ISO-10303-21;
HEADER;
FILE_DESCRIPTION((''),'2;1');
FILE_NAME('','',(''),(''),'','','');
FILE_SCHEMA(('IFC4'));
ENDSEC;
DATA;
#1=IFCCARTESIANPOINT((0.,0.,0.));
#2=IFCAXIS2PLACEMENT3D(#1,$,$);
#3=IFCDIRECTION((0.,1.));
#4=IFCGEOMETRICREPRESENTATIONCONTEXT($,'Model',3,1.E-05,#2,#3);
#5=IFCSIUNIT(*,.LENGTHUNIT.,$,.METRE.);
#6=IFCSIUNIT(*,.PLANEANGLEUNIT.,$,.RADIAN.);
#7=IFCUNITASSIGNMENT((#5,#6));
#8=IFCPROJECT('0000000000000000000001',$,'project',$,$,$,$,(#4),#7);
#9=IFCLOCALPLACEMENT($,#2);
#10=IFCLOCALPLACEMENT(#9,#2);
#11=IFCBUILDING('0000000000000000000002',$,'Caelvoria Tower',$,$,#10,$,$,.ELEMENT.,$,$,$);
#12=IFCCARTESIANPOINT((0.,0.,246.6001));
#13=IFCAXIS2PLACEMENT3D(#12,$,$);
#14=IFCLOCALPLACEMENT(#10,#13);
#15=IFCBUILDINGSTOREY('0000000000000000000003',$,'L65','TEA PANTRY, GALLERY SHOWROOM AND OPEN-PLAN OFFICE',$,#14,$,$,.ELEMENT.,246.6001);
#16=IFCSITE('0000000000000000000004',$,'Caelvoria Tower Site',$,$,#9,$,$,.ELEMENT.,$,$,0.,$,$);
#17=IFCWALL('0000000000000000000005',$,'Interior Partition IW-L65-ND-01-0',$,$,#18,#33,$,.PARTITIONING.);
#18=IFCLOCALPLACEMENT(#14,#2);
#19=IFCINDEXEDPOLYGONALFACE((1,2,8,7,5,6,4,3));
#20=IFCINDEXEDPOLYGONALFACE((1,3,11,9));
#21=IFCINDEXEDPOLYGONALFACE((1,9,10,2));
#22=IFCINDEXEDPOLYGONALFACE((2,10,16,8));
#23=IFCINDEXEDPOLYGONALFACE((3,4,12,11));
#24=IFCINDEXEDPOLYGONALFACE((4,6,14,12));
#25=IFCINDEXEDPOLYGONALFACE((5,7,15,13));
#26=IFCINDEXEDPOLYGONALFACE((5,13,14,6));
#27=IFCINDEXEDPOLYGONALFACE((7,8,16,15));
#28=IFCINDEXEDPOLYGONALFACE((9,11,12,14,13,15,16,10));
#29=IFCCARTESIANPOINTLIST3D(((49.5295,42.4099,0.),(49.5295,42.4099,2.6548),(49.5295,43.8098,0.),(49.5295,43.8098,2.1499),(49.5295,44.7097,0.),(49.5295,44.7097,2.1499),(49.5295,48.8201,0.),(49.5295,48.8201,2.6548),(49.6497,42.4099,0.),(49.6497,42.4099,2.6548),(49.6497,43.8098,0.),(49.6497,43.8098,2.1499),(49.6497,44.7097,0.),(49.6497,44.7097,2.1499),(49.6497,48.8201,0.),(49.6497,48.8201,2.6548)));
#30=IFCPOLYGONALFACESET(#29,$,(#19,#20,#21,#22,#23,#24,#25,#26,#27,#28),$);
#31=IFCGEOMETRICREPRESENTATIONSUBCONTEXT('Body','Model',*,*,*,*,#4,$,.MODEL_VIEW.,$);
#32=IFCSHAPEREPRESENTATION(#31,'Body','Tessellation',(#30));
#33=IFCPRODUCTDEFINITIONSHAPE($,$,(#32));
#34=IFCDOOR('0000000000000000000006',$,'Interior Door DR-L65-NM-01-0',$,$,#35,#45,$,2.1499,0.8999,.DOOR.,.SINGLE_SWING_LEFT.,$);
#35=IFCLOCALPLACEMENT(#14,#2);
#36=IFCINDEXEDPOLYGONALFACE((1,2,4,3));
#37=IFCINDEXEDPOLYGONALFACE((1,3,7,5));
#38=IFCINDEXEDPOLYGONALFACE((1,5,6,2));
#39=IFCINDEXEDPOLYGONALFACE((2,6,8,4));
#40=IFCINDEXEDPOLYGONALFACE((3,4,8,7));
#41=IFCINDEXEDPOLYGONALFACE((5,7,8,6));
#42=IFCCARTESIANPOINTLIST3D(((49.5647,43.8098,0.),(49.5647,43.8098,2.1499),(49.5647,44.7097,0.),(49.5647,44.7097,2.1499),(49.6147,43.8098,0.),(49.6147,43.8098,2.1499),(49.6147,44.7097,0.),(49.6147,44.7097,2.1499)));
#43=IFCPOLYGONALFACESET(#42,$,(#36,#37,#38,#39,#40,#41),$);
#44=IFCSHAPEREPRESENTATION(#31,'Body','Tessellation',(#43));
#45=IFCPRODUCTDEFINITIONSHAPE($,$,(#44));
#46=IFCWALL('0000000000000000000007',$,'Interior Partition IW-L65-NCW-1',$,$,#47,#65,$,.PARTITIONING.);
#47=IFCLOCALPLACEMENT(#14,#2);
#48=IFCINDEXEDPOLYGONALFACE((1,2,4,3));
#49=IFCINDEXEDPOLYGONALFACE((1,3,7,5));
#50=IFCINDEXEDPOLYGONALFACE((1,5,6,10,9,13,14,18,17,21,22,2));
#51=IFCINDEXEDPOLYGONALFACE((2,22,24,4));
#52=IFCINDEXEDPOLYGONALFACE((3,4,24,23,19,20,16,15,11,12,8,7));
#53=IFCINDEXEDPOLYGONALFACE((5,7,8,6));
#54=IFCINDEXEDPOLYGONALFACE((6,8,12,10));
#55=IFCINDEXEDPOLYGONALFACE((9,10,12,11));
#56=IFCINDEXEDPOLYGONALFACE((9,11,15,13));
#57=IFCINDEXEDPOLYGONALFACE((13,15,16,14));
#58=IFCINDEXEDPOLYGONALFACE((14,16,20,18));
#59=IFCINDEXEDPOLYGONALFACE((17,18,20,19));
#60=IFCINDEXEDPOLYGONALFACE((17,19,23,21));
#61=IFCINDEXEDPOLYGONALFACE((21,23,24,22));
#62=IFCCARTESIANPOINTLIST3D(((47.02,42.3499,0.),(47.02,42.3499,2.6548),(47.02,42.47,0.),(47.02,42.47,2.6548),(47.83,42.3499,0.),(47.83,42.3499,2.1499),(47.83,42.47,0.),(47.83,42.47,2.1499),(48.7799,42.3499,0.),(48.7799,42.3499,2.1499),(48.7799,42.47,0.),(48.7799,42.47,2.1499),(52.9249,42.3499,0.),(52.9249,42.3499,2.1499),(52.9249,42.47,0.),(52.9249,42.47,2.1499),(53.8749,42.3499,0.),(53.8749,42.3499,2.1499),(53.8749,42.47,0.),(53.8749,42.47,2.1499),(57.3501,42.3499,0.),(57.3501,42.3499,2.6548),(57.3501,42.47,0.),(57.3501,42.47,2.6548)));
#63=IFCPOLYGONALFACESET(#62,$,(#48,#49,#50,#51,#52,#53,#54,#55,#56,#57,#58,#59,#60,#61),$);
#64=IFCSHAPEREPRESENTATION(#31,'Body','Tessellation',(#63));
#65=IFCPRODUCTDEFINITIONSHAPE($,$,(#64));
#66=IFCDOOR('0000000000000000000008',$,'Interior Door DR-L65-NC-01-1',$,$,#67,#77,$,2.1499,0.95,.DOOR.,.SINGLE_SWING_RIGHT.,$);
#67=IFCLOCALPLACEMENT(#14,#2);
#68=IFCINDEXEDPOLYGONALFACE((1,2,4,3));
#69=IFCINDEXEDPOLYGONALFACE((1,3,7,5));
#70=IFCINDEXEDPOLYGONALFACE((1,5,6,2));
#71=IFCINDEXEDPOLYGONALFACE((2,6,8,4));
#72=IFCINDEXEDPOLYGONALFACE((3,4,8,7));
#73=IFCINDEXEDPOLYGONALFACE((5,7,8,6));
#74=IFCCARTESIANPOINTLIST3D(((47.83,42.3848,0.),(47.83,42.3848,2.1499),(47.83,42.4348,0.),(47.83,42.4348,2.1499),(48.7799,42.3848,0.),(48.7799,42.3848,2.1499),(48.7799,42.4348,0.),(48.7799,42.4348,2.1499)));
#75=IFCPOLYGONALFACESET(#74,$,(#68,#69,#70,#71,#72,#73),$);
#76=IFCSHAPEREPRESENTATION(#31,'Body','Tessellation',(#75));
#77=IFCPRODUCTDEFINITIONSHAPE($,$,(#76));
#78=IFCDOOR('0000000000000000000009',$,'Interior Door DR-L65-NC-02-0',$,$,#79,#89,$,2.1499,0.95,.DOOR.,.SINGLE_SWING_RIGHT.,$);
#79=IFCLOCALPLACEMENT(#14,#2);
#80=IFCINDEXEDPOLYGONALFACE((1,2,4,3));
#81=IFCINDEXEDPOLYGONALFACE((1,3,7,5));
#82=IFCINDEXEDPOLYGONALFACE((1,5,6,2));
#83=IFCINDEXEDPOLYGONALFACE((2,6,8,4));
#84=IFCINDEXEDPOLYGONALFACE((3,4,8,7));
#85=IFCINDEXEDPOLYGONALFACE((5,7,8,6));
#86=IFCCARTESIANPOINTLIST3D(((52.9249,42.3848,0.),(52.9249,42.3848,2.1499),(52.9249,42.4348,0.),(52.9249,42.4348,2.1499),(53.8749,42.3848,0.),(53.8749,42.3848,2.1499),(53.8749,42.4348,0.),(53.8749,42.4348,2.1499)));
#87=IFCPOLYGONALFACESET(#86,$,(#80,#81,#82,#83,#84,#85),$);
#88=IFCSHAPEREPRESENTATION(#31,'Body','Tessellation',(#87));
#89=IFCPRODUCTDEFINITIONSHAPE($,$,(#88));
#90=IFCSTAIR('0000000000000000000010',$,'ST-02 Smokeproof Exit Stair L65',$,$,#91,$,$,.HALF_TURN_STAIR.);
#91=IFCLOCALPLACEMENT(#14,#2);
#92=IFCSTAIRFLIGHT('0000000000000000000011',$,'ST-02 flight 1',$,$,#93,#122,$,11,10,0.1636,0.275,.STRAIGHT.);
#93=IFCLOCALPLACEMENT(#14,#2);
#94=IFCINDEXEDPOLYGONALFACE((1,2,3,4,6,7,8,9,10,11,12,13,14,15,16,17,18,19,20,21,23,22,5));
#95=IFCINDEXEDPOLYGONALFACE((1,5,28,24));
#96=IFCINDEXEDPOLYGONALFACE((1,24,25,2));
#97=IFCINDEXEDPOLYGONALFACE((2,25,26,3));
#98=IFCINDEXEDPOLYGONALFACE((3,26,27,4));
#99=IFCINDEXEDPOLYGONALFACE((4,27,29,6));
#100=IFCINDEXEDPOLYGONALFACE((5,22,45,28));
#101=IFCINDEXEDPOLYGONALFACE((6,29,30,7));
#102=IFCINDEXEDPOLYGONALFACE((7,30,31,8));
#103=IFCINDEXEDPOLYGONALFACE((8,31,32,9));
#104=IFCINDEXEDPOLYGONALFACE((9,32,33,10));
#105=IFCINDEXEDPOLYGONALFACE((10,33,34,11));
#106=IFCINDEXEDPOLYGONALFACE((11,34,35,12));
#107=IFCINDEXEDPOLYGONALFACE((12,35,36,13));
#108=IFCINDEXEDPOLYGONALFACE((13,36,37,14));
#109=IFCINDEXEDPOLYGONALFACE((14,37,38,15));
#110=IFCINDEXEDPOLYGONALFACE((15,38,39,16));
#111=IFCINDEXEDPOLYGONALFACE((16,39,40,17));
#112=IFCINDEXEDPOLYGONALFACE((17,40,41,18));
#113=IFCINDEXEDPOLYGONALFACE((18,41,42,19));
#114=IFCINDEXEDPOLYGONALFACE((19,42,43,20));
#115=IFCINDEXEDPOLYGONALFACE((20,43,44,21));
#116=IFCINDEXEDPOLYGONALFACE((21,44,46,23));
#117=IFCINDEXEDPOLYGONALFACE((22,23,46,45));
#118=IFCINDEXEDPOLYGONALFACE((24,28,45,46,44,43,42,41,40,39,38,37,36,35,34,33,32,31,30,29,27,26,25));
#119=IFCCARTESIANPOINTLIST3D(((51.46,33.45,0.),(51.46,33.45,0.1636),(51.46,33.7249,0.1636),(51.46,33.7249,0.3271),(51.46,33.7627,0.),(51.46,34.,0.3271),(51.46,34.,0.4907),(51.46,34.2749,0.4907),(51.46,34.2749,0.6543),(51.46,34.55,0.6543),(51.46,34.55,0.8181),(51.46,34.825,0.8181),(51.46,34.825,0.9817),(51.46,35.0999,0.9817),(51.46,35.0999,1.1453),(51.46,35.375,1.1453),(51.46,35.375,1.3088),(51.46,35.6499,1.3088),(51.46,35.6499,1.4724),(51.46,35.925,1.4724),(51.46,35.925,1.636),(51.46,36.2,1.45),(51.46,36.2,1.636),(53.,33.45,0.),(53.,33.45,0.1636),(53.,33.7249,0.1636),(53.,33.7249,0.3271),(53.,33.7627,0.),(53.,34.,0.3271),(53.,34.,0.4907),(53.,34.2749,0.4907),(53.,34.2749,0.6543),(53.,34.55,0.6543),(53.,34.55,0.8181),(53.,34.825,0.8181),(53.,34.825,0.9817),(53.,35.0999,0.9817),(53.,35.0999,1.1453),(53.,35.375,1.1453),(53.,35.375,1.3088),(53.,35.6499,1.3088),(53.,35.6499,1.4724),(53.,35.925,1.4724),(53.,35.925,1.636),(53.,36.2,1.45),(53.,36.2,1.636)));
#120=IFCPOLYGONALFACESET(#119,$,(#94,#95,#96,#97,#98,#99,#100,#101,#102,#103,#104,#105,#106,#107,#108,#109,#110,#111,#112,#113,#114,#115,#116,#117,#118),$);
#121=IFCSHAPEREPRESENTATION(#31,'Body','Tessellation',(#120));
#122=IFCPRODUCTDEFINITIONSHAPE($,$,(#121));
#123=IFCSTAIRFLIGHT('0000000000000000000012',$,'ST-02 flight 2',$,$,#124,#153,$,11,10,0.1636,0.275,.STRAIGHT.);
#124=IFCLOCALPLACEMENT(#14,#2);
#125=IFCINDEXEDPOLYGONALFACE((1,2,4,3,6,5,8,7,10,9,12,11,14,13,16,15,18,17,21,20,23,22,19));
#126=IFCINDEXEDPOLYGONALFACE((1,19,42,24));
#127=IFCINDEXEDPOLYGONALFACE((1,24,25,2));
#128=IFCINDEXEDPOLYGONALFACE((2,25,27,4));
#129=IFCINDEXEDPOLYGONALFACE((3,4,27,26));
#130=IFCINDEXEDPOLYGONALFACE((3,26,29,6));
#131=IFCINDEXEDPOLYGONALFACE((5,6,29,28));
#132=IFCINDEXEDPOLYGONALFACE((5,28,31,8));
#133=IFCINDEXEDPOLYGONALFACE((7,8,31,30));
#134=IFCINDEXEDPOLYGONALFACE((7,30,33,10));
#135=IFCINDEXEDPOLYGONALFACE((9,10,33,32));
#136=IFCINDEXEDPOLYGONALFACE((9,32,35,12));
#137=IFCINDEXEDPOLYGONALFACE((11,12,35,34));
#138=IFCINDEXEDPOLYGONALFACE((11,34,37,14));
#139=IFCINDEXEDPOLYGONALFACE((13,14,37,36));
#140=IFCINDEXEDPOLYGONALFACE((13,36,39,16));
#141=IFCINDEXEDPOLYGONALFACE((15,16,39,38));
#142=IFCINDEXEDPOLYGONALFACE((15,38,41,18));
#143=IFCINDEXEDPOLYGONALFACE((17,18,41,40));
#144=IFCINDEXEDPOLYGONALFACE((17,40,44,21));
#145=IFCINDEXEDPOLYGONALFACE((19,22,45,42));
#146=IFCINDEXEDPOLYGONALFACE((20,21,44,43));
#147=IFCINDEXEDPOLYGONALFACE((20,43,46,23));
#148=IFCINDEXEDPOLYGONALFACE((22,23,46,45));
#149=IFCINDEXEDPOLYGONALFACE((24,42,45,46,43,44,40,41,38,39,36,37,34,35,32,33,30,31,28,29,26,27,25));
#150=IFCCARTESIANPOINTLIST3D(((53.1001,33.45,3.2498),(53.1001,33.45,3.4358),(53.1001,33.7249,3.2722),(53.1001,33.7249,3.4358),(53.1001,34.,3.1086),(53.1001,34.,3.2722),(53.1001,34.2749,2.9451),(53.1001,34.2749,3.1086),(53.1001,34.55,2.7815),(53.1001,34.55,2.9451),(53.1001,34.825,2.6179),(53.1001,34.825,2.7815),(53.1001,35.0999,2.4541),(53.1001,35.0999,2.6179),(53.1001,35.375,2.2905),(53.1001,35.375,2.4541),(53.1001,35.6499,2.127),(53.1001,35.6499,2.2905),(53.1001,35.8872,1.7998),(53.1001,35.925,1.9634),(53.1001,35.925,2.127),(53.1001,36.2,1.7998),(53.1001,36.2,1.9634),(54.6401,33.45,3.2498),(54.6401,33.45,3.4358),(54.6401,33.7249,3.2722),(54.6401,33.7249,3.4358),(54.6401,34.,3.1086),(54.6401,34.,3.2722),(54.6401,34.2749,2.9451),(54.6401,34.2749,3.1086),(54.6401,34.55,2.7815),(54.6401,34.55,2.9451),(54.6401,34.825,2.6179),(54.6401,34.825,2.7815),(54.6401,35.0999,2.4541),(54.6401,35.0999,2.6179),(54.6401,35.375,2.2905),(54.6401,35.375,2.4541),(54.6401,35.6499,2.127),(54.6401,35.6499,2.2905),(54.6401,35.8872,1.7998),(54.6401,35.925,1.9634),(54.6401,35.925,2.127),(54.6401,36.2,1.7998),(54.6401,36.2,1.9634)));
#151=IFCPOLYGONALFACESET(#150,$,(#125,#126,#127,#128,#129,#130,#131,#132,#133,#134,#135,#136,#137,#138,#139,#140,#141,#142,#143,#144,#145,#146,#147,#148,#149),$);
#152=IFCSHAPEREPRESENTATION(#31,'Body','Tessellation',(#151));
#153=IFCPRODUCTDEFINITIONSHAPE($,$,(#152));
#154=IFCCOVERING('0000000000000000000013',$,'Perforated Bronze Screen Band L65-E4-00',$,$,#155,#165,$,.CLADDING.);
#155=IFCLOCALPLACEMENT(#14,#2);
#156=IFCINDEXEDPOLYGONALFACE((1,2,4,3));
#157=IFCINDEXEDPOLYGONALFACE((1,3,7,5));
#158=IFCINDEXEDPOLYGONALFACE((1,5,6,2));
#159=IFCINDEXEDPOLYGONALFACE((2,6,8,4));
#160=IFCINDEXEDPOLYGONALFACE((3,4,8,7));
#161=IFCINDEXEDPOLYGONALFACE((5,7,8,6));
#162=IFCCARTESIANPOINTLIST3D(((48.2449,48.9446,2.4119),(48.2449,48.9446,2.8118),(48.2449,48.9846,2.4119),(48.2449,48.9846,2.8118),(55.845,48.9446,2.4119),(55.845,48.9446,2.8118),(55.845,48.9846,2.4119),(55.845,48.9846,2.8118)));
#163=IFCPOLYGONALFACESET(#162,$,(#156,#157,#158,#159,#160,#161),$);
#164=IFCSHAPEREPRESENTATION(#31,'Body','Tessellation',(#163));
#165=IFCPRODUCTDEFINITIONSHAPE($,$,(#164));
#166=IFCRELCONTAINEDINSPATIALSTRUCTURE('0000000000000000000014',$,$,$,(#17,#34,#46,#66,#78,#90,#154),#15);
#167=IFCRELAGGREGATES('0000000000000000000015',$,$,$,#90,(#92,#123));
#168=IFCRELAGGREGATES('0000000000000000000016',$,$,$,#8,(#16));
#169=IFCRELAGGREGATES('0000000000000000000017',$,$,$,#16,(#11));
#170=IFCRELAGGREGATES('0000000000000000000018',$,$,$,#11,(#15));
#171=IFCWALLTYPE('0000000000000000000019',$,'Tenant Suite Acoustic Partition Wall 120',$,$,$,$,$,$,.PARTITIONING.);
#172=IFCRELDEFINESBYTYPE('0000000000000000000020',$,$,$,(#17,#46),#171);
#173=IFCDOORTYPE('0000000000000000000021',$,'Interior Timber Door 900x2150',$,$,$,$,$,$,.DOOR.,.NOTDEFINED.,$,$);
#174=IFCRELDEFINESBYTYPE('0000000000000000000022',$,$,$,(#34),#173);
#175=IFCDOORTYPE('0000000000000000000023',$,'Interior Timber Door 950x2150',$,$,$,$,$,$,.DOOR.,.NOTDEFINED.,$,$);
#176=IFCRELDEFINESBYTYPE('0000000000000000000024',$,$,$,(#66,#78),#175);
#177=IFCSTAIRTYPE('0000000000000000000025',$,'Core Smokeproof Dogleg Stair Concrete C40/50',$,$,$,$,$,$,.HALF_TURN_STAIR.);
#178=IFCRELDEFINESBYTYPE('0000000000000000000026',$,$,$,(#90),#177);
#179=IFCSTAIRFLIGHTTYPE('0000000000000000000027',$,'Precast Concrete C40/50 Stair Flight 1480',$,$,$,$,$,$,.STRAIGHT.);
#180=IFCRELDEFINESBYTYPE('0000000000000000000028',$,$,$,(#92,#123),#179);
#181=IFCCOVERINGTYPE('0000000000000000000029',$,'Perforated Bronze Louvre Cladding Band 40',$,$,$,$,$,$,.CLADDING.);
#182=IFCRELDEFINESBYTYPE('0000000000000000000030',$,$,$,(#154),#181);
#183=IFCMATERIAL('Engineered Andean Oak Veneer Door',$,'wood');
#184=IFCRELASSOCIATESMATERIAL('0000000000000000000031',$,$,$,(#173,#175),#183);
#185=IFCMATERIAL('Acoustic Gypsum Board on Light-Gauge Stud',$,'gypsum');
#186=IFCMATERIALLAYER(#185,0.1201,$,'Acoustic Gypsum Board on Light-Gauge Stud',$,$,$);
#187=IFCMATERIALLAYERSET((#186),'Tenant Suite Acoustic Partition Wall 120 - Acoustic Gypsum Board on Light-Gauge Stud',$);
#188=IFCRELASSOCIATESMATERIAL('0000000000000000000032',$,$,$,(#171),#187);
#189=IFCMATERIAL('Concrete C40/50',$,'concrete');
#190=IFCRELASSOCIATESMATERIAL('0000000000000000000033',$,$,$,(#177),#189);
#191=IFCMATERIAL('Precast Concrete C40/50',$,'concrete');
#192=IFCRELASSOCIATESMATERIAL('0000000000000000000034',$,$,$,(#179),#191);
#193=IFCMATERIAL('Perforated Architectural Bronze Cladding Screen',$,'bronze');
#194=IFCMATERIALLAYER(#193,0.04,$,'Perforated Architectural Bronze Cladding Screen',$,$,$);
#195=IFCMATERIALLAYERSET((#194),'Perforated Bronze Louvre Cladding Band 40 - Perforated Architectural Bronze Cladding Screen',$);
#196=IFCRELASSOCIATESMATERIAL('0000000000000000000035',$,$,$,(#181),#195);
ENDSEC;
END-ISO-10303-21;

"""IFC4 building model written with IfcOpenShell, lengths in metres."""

from ifc_helpers import new_model, si_unit, direction, frame, frame_2d, origin, origin_2d, place, context, subcontext, project, spatial, polyline, rectangle, outline, extrude, material, layer, layer_set, type_object, element, fill, aggregate, save


model = new_model("IFC4")

# Units and contexts
model_context = context("Model", 3, precision=1e-05, world=origin(), true_north=direction((0.0, 1.0)))
body_context = subcontext(model_context, "Body", "Model", "MODEL_VIEW")
ifc_project = project(units=[si_unit("LENGTHUNIT", "METRE"), si_unit("PLANEANGLEUNIT", "RADIAN")], contexts=[model_context])

# Site, building, storey
site_placement = place(None, origin())
site = spatial("IfcSite", under=ifc_project, at=site_placement, Name="Caelvoria Tower Site", CompositionType="ELEMENT", RefElevation=0.0)
building_placement = place(site_placement, origin())
building = spatial("IfcBuilding", under=site, at=building_placement, Name="Caelvoria Tower", CompositionType="ELEMENT")
storey_placement = place(building_placement, frame((0.0, 0.0, 246.6001)))
storey = spatial("IfcBuildingStorey", under=building, at=storey_placement, Name="L65", Description="TEA PANTRY, GALLERY SHOWROOM AND OPEN-PLAN OFFICE", CompositionType="ELEMENT", Elevation=246.6001)

# Shared definitions
ifc_material_1 = material(Name="Engineered Andean Oak Veneer Door", Category="wood")
door_type_1 = type_object("IfcDoorType", Name="Interior Timber Door 900x2150", OperationType="NOTDEFINED", PredefinedType="DOOR", material=ifc_material_1)

# Wall, opening, door
ifc_material_2 = material(Name="Acoustic Gypsum Board on Light-Gauge Stud", Category="gypsum")
ifc_layer_1 = layer(ifc_material_2, 0.1201, Name="Acoustic Gypsum Board on Light-Gauge Stud")
ifc_layer_set_1 = layer_set([ifc_layer_1], Name="Tenant Suite Acoustic Partition Wall 120 - Acoustic Gypsum Board on Light-Gauge Stud")
wall_type_1 = type_object("IfcWallType", Name="Tenant Suite Acoustic Partition Wall 120", PredefinedType="PARTITIONING", material=ifc_layer_set_1)
wall_1_placement = place(storey_placement, frame((49.5896, 42.4099, 0.0), z_axis=(0.0, 0.0, 1.0), x_axis=(0.0, 1.0, 0.0)))
wall_1 = element("IfcWall", 1, at=wall_1_placement, inside=storey, type_object=wall_type_1, Name="Interior Partition IW-L65-ND-01-0", PredefinedType="PARTITIONING", context=body_context, shape_type="SweptSolid", body=[
    extrude(rectangle(XDim=6.4102, YDim=0.1201, at=frame_2d((3.2051, 0.0))), origin(), (0.0, 0.0, 1.0), 2.6548),
])
opening_1_placement = place(wall_1_placement, frame((1.3999, 0.0, 0.0)))
opening_1 = element("IfcOpeningElement", 2, at=opening_1_placement, cuts=wall_1, PredefinedType="OPENING", context=body_context, shape_type="SweptSolid", body=[
    extrude(rectangle(XDim=0.8999, YDim=2.1499, at=frame_2d((0.45, 1.075))), frame((0.0, 0.0701, 0.0), z_axis=(0.0, -1.0, 0.0), x_axis=(1.0, 0.0, 0.0)), (0.0, 0.0, 1.0), 0.1401),
])
door_1_placement = place(opening_1_placement, origin())
door_1 = element("IfcDoor", 3, at=door_1_placement, inside=storey, type_object=door_type_1, Name="Interior Door DR-L65-NM-01-0", OperationType="SINGLE_SWING_LEFT", OverallHeight=2.1499, OverallWidth=0.8999, PredefinedType="DOOR", context=body_context, shape_type="SweptSolid", body=[
    extrude(rectangle(XDim=0.8999, YDim=2.1499, at=frame_2d((0.45, 1.075))), frame((0.0, 0.0249, 0.0), z_axis=(0.0, -1.0, 0.0), x_axis=(1.0, 0.0, 0.0)), (0.0, 0.0, 1.0), 0.05),
])
fill(opening_1, door_1)

# Wall, openings, doors
wall_2_placement = place(storey_placement, frame((47.02, 42.4099, 0.0), z_axis=(0.0, 0.0, 1.0), x_axis=(1.0, 0.0, 0.0)))
wall_2 = element("IfcWall", 4, at=wall_2_placement, inside=storey, type_object=wall_type_1, Name="Interior Partition IW-L65-NCW-1", PredefinedType="PARTITIONING", context=body_context, shape_type="SweptSolid", body=[
    extrude(rectangle(XDim=10.3301, YDim=0.1201, at=frame_2d((5.165, 0.0))), origin(), (0.0, 0.0, 1.0), 2.6548),
])
opening_2_placement = place(wall_2_placement, frame((0.8098, 0.0, 0.0)))
opening_2 = element("IfcOpeningElement", 5, at=opening_2_placement, cuts=wall_2, PredefinedType="OPENING", context=body_context, shape_type="SweptSolid", body=[
    extrude(rectangle(XDim=0.95, YDim=2.1499, at=frame_2d((0.4751, 1.075))), frame((0.0, 0.0701, 0.0), z_axis=(0.0, -1.0, 0.0), x_axis=(1.0, 0.0, 0.0)), (0.0, 0.0, 1.0), 0.1401),
])
opening_3_placement = place(wall_2_placement, frame((5.9048, 0.0, 0.0)))
opening_3 = element("IfcOpeningElement", 6, at=opening_3_placement, cuts=wall_2, PredefinedType="OPENING", context=body_context, shape_type="SweptSolid", body=[
    extrude(rectangle(XDim=0.95, YDim=2.1499, at=frame_2d((0.4751, 1.075))), frame((0.0, 0.0701, 0.0), z_axis=(0.0, -1.0, 0.0), x_axis=(1.0, 0.0, 0.0)), (0.0, 0.0, 1.0), 0.1401),
])
door_type_2 = type_object("IfcDoorType", Name="Interior Timber Door 950x2150", OperationType="NOTDEFINED", PredefinedType="DOOR", material=ifc_material_1)
door_2_placement = place(opening_2_placement, origin())
door_2 = element("IfcDoor", 7, at=door_2_placement, inside=storey, type_object=door_type_2, Name="Interior Door DR-L65-NC-01-1", OperationType="SINGLE_SWING_RIGHT", OverallHeight=2.1499, OverallWidth=0.95, PredefinedType="DOOR", context=body_context, shape_type="SweptSolid", body=[
    extrude(rectangle(XDim=0.95, YDim=2.1499, at=frame_2d((0.4751, 1.075))), frame((0.0, 0.0249, 0.0), z_axis=(0.0, -1.0, 0.0), x_axis=(1.0, 0.0, 0.0)), (0.0, 0.0, 1.0), 0.05),
])
fill(opening_2, door_2)
door_3_placement = place(opening_3_placement, origin())
door_3 = element("IfcDoor", 8, at=door_3_placement, inside=storey, type_object=door_type_2, Name="Interior Door DR-L65-NC-02-0", OperationType="SINGLE_SWING_RIGHT", OverallHeight=2.1499, OverallWidth=0.95, PredefinedType="DOOR", context=body_context, shape_type="SweptSolid", body=[
    extrude(rectangle(XDim=0.95, YDim=2.1499, at=frame_2d((0.4751, 1.075))), frame((0.0, 0.0249, 0.0), z_axis=(0.0, -1.0, 0.0), x_axis=(1.0, 0.0, 0.0)), (0.0, 0.0, 1.0), 0.05),
])
fill(opening_3, door_3)

# Stair, stair flights
ifc_material_3 = material(Name="Concrete C40/50", Category="concrete")
stair_type = type_object("IfcStairType", Name="Core Smokeproof Dogleg Stair Concrete C40/50", PredefinedType="HALF_TURN_STAIR", material=ifc_material_3)
stair_placement = place(storey_placement, origin())
stair = element("IfcStair", 9, at=stair_placement, inside=storey, type_object=stair_type, Name="ST-02 Smokeproof Exit Stair L65", PredefinedType="HALF_TURN_STAIR")
ifc_material_4 = material(Name="Precast Concrete C40/50", Category="concrete")
stair_flight_type = type_object("IfcStairFlightType", Name="Precast Concrete C40/50 Stair Flight 1480", PredefinedType="STRAIGHT", material=ifc_material_4)
stair_flight_1_placement = place(storey_placement, frame((52.23, 33.45, 0.0), z_axis=(0.0, 0.0, 1.0), x_axis=(0.0, 1.0, 0.0)))
stair_flight_1 = element("IfcStairFlight", 10, at=stair_flight_1_placement, type_object=stair_flight_type, Name="ST-02 flight 1", NumberOfRisers=11, NumberOfTreads=10, PredefinedType="STRAIGHT", RiserHeight=0.1636, TreadLength=0.275, context=body_context, shape_type="SweptSolid", body=[
    extrude(outline(polyline([(0.0, 0.0), (0.0, 0.1636), (0.2749, 0.1636), (0.2749, 0.3271), (0.55, 0.3271), (0.55, 0.4907), (0.825, 0.4907), (0.825, 0.6543), (1.1001, 0.6543), (1.1001, 0.8181), (1.375, 0.8181), (1.375, 0.9817), (1.6499, 0.9817), (1.6499, 1.1453), (1.925, 1.1453), (1.925, 1.3088), (2.2, 1.3088), (2.2, 1.4724), (2.4751, 1.4724), (2.4751, 1.636), (2.75, 1.636), (2.75, 1.7996), (2.75, 1.45), (0.3127, 0.0), (0.0, 0.0)])), frame((0.0, 0.77, 0.0), z_axis=(0.0, -1.0, 0.0), x_axis=(1.0, 0.0, 0.0)), (0.0, 0.0, 1.0), 1.54),
])
stair_flight_2_placement = place(storey_placement, frame((53.8701, 36.2, 1.7998), z_axis=(0.0, 0.0, 1.0), x_axis=(0.0, -1.0, 0.0)))
stair_flight_2 = element("IfcStairFlight", 11, at=stair_flight_2_placement, type_object=stair_flight_type, Name="ST-02 flight 2", NumberOfRisers=11, NumberOfTreads=10, PredefinedType="STRAIGHT", RiserHeight=0.1636, TreadLength=0.275, context=body_context, shape_type="SweptSolid", body=[
    extrude(outline(polyline([(0.0, 0.0), (0.0, 0.1636), (0.2749, 0.1636), (0.2749, 0.3271), (0.55, 0.3271), (0.55, 0.4907), (0.825, 0.4907), (0.825, 0.6543), (1.1001, 0.6543), (1.1001, 0.8181), (1.375, 0.8181), (1.375, 0.9817), (1.6499, 0.9817), (1.6499, 1.1453), (1.925, 1.1453), (1.925, 1.3088), (2.2, 1.3088), (2.2, 1.4724), (2.4751, 1.4724), (2.4751, 1.636), (2.75, 1.636), (2.75, 1.7996), (2.75, 1.45), (0.3127, 0.0), (0.0, 0.0)])), frame((0.0, 0.77, 0.0), z_axis=(0.0, -1.0, 0.0), x_axis=(1.0, 0.0, 0.0)), (0.0, 0.0, 1.0), 1.54),
])
aggregate(stair, [stair_flight_1, stair_flight_2])

# Covering
ifc_material_5 = material(Name="Perforated Architectural Bronze Cladding Screen", Category="bronze")
ifc_layer_2 = layer(ifc_material_5, 0.04, Name="Perforated Architectural Bronze Cladding Screen")
ifc_layer_set_2 = layer_set([ifc_layer_2], Name="Perforated Bronze Louvre Cladding Band 40 - Perforated Architectural Bronze Cladding Screen")
covering_type = type_object("IfcCoveringType", Name="Perforated Bronze Louvre Cladding Band 40", PredefinedType="CLADDING", material=ifc_layer_set_2)
covering_placement = place(storey_placement, frame((52.0449, 48.9646, 2.4119), z_axis=(0.0, 0.0, 1.0), x_axis=(-1.0, 0.0, 0.0)))
element("IfcCovering", 12, at=covering_placement, inside=storey, type_object=covering_type, Name="Perforated Bronze Screen Band L65-E4-00", PredefinedType="CLADDING", context=body_context, shape_type="SweptSolid", body=[
    extrude(rectangle(XDim=7.6001, YDim=0.04, at=origin_2d()), origin(), (0.0, 0.0, 1.0), 0.3999),
])

save(model, "model.ifc")
